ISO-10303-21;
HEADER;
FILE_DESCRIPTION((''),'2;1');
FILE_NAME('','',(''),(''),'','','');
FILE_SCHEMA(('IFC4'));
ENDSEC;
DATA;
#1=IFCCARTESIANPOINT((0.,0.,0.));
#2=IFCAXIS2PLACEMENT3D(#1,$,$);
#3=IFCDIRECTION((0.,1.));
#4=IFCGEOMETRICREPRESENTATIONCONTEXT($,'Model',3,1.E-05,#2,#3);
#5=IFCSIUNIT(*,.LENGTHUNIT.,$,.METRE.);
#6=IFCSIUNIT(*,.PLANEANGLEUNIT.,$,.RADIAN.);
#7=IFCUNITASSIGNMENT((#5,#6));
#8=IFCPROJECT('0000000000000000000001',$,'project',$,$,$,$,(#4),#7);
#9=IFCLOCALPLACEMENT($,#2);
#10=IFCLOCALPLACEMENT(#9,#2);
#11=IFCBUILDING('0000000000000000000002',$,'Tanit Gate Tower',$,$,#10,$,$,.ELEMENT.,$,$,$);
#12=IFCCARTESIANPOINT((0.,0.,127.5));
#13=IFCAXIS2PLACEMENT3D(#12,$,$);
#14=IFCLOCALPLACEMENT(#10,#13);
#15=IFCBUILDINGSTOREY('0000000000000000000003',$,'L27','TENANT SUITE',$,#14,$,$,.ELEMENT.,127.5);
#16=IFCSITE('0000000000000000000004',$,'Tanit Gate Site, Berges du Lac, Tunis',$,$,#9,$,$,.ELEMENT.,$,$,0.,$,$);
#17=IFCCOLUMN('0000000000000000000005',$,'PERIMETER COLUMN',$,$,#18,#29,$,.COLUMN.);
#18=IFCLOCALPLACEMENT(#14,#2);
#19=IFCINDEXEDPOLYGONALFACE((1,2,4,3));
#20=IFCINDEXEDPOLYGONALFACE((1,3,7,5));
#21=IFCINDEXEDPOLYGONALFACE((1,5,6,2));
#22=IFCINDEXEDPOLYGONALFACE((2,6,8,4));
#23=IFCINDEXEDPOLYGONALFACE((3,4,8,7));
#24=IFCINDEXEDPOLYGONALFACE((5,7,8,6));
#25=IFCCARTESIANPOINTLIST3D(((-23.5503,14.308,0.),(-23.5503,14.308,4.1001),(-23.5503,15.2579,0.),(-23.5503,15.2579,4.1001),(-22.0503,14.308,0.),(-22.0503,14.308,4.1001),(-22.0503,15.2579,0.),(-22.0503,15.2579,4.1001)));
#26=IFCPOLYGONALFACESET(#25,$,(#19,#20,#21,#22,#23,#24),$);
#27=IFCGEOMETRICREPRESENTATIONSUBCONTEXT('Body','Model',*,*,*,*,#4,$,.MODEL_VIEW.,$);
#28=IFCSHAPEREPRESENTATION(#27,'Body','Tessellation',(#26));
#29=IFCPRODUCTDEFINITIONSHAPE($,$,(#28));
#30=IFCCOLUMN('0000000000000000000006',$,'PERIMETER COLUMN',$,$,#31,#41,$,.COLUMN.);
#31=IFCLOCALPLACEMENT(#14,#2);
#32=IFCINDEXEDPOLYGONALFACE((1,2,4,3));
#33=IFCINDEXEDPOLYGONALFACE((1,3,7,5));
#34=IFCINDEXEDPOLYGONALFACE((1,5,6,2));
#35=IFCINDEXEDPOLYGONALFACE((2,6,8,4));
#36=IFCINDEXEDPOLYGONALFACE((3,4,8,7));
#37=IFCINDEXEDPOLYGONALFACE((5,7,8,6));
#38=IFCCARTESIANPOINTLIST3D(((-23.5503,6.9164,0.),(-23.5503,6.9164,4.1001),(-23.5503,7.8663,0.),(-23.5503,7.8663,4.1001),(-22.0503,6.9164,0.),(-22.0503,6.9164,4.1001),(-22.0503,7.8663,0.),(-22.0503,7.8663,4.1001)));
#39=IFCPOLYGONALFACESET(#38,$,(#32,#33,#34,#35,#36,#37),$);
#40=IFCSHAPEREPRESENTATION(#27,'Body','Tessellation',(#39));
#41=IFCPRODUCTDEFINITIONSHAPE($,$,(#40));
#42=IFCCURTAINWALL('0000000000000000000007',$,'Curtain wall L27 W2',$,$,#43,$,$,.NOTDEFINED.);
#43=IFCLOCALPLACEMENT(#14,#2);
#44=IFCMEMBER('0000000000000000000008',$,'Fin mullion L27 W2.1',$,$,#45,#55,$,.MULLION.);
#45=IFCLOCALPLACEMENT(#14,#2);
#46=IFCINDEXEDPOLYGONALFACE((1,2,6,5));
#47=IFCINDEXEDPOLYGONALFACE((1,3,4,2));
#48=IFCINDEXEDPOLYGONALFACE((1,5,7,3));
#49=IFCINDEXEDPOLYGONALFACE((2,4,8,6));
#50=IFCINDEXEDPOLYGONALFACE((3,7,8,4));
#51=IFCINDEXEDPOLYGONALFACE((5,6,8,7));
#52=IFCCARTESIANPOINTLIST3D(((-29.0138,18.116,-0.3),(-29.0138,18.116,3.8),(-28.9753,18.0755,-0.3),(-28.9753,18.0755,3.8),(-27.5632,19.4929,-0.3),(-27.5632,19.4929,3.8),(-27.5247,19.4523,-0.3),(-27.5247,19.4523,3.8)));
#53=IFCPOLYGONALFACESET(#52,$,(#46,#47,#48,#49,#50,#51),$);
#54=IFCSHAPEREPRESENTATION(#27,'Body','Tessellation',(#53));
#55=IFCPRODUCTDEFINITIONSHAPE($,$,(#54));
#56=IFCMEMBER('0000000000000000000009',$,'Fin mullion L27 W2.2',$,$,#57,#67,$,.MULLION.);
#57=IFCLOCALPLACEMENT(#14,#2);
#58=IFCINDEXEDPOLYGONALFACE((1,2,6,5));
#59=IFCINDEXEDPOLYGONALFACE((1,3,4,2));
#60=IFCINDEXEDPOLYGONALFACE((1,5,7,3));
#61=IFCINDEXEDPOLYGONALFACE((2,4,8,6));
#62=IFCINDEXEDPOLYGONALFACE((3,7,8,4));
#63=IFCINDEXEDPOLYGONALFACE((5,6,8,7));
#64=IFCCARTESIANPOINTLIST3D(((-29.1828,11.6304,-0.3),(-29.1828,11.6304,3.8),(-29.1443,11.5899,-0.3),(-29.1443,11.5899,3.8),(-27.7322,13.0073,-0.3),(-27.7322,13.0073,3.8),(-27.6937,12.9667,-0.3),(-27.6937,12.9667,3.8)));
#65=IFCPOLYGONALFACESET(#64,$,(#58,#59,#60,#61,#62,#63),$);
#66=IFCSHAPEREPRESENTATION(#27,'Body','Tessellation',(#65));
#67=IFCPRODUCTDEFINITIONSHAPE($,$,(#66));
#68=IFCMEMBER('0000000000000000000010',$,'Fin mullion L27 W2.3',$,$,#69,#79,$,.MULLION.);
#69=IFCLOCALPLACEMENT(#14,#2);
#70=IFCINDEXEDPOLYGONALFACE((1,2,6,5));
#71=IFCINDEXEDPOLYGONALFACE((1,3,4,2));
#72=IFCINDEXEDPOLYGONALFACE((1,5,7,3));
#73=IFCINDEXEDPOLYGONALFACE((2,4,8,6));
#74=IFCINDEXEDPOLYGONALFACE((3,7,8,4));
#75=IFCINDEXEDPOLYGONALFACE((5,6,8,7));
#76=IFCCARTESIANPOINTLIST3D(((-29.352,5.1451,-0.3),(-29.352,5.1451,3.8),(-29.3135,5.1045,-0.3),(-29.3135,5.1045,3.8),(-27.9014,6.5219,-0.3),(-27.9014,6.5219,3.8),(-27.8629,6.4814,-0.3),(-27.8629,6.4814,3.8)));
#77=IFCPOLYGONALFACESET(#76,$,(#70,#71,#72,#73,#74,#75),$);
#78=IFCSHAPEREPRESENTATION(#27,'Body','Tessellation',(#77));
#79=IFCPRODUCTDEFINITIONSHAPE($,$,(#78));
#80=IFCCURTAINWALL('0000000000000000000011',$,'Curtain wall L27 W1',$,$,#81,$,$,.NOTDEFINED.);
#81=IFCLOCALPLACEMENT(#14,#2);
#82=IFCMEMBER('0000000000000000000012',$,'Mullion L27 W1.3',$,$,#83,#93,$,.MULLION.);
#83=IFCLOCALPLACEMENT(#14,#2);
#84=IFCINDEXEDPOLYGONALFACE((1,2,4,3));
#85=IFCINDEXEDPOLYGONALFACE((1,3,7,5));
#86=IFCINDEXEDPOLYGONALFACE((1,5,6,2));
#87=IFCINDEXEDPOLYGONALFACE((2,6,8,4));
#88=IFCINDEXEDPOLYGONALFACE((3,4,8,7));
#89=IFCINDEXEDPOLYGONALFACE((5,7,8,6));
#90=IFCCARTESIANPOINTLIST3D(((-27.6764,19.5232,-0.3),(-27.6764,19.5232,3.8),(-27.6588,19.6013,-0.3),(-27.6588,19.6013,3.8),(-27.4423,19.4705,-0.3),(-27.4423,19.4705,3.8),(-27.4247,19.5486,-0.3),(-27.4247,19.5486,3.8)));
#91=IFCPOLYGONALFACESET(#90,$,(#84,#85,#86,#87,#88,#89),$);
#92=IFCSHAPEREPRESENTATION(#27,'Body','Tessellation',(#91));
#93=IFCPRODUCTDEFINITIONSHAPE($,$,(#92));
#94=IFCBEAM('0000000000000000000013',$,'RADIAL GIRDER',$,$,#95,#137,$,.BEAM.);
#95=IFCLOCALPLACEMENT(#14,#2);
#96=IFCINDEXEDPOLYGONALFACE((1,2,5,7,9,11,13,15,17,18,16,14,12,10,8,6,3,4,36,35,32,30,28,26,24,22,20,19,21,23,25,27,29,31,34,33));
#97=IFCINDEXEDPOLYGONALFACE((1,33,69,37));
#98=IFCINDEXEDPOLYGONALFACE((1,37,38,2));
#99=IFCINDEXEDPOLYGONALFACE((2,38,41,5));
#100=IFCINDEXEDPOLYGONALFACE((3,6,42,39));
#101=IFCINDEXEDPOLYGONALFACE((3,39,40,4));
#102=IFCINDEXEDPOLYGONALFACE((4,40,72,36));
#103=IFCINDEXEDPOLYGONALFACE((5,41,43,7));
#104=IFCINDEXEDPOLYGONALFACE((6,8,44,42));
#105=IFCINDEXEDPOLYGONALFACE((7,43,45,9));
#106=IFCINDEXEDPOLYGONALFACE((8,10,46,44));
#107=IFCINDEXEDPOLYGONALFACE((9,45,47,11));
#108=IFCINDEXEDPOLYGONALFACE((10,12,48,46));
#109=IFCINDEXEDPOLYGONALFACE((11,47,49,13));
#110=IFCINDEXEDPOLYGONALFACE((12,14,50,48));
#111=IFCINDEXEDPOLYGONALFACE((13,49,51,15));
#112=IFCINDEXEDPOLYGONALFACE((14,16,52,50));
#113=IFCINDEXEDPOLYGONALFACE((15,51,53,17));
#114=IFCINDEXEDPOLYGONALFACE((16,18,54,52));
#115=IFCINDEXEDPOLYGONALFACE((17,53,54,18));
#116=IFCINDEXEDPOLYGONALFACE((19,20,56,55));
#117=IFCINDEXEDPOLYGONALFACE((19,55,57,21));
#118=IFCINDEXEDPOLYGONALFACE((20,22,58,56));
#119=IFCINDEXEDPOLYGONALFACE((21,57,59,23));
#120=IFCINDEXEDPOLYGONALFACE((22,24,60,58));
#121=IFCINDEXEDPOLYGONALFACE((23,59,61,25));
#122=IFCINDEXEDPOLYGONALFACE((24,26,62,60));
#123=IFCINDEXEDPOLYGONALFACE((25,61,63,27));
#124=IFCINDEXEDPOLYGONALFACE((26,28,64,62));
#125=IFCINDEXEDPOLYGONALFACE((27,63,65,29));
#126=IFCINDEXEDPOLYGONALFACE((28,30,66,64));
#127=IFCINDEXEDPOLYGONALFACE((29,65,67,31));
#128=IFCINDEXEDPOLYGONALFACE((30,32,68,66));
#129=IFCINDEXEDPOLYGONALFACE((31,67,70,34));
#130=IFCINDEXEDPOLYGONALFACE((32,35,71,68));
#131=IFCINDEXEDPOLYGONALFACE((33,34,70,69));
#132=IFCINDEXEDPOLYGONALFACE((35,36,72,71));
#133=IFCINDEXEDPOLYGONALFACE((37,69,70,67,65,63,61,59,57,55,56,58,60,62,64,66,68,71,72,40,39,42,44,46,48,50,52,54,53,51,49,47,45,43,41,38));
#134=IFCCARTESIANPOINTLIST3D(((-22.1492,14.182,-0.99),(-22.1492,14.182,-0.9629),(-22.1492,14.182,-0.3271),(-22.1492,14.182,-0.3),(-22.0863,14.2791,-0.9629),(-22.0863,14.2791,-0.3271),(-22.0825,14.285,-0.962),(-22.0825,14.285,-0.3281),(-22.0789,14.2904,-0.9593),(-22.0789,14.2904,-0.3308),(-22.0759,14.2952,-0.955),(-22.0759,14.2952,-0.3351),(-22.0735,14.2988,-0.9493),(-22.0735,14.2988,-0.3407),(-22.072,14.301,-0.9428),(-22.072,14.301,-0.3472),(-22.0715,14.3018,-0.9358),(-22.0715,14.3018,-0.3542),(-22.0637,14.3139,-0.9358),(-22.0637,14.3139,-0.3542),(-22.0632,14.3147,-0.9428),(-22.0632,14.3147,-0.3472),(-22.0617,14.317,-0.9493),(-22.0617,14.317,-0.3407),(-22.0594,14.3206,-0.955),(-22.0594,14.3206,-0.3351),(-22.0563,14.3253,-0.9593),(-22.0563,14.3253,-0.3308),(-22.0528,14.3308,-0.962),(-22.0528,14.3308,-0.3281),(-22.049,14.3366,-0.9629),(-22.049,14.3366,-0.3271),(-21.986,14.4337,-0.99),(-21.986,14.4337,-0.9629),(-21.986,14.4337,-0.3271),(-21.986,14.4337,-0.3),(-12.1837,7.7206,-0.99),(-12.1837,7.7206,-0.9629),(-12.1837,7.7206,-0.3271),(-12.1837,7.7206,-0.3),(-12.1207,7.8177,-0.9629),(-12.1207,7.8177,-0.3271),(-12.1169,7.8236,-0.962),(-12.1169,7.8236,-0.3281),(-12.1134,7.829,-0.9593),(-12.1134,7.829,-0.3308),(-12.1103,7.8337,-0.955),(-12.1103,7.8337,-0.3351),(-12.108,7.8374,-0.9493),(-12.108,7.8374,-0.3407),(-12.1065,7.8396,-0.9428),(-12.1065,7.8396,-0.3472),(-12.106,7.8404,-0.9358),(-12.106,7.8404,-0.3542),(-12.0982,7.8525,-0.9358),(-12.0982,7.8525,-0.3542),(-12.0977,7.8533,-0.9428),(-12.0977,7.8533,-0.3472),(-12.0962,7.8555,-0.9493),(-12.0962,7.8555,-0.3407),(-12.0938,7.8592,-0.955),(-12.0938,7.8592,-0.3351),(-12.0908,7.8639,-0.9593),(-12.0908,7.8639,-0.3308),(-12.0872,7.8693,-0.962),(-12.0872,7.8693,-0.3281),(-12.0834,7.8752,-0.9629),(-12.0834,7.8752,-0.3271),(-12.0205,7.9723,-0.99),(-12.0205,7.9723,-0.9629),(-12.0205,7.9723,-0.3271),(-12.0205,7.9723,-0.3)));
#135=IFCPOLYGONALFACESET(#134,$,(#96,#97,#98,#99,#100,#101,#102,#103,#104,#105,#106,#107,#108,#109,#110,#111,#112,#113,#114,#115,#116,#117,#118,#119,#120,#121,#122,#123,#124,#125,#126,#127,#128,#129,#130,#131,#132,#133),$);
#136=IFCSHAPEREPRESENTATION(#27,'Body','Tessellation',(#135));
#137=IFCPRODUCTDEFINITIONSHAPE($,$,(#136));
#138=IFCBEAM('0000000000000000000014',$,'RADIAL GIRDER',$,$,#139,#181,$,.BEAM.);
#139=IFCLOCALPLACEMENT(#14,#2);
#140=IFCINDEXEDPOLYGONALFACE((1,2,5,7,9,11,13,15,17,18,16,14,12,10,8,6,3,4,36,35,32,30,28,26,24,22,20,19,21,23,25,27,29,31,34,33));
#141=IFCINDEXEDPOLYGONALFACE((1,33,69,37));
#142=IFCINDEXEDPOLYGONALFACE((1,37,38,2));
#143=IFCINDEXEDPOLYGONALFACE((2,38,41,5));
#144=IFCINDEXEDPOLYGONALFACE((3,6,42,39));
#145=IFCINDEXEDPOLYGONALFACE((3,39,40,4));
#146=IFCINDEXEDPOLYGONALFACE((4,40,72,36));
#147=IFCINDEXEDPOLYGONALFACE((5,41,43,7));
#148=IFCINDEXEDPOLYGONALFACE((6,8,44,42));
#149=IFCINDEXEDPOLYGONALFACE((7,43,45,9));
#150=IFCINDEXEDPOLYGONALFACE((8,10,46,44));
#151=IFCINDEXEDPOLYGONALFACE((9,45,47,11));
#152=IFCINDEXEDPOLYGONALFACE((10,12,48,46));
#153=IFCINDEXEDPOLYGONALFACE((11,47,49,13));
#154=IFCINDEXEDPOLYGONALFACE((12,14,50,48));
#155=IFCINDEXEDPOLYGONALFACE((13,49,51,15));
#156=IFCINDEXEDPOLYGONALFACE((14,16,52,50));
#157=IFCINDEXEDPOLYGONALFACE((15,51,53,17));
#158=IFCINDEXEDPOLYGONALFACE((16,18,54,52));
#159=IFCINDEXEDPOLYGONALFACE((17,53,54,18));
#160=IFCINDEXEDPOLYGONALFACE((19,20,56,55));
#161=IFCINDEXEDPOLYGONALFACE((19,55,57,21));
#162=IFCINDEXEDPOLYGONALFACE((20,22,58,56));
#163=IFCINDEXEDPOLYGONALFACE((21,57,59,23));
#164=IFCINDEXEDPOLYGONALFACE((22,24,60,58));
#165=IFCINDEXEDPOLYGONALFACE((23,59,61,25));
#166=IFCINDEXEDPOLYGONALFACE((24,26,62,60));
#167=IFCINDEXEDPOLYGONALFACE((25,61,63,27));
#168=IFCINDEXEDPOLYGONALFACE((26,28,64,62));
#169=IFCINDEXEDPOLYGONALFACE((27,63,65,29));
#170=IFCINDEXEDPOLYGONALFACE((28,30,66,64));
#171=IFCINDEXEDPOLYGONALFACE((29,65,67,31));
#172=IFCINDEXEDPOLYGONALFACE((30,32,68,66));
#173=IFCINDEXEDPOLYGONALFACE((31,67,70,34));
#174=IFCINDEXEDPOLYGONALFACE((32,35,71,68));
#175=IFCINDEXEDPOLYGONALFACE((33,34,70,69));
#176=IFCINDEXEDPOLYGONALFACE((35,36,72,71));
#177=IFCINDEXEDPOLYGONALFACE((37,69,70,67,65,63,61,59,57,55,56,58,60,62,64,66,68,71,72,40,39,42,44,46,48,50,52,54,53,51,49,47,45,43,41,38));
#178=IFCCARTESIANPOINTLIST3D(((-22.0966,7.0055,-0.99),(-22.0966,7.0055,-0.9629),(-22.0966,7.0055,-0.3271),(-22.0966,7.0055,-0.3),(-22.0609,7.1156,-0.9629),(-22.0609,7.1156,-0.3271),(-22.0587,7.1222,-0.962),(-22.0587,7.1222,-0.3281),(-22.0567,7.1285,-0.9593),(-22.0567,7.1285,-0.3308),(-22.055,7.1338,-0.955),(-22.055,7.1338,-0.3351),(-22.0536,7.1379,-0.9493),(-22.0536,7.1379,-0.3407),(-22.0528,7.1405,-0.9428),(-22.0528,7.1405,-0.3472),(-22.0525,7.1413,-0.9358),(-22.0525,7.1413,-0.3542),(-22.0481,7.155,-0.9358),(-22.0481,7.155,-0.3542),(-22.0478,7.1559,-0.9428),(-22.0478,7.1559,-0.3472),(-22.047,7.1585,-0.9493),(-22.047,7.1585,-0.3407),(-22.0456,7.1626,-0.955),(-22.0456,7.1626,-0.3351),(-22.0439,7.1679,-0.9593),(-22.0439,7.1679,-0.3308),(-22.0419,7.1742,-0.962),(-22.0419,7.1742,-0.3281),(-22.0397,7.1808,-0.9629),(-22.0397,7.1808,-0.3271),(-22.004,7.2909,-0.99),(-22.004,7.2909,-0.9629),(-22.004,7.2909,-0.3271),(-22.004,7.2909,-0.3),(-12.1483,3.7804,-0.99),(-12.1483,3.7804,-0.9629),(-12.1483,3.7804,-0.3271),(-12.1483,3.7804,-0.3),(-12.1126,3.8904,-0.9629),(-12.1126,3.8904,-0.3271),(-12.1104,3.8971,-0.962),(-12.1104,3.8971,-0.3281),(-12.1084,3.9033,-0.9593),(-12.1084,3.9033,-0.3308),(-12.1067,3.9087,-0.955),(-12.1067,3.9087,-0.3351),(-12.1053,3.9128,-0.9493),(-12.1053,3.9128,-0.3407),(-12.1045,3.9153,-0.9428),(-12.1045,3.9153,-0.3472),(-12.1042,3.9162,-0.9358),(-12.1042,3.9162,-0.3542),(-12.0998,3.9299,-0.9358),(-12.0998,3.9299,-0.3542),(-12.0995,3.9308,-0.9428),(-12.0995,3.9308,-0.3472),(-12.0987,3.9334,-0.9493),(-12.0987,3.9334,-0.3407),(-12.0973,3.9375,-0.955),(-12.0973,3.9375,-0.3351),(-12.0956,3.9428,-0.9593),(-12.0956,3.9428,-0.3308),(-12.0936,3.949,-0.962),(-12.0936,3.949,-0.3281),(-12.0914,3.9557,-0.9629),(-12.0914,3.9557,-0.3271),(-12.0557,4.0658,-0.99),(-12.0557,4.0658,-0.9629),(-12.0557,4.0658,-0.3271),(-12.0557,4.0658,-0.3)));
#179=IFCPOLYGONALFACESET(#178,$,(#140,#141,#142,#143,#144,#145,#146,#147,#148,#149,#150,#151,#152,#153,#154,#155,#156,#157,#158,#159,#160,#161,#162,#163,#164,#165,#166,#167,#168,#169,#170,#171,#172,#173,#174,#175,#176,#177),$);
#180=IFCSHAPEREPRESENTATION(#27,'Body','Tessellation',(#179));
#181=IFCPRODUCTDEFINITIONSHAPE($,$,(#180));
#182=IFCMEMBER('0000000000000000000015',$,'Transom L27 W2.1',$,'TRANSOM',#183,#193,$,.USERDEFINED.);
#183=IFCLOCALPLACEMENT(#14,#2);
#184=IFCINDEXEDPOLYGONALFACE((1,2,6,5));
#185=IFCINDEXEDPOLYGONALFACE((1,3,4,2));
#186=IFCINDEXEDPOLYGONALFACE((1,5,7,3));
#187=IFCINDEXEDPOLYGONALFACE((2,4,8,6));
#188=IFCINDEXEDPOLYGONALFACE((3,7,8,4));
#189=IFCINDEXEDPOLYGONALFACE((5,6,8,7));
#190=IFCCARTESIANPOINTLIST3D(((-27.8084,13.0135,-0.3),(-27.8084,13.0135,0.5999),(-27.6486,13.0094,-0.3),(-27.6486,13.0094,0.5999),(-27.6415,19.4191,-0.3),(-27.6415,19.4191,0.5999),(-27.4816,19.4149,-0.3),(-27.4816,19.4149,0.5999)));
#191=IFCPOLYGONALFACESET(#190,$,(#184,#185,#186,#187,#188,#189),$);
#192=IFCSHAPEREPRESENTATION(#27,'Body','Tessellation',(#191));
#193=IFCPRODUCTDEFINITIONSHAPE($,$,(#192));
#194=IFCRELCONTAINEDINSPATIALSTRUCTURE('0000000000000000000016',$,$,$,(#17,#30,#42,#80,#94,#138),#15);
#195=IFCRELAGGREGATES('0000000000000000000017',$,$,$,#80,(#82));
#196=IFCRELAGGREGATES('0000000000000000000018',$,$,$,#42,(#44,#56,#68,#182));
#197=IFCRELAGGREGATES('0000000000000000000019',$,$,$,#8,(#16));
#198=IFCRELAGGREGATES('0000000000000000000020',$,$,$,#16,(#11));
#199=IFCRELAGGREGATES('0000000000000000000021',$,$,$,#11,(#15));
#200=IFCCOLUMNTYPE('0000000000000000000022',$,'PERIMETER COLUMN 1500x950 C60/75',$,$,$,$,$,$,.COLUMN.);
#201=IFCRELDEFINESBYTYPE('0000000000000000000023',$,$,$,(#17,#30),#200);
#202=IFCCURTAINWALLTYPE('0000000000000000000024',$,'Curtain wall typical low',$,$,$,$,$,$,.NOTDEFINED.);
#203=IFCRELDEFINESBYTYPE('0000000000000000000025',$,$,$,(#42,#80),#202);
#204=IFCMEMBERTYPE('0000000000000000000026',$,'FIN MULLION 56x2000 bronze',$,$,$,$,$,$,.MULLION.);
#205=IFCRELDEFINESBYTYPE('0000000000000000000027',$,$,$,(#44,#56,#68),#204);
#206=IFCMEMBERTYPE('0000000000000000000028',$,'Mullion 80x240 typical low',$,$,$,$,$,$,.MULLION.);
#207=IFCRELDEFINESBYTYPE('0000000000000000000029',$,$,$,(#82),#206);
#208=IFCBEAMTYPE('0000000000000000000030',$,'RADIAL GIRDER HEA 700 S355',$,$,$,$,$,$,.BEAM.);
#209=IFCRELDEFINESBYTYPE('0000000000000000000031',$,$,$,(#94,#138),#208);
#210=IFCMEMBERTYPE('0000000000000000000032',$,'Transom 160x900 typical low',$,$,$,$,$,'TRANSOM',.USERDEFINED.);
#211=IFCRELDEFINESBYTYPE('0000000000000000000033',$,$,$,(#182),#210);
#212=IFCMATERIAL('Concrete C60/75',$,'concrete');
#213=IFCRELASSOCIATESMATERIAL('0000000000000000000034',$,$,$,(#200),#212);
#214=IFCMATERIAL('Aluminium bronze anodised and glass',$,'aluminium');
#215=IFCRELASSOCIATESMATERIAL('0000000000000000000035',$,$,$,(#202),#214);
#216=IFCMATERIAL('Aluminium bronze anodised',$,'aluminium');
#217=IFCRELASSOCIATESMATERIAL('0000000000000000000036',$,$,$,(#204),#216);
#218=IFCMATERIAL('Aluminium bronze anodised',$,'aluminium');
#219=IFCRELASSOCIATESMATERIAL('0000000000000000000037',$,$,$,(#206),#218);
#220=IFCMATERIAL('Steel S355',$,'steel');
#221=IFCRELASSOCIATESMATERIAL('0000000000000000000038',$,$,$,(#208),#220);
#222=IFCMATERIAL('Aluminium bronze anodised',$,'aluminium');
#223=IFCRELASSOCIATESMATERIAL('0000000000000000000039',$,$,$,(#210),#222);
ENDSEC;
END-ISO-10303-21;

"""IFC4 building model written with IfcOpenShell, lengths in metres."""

from ifc_helpers import new_model, si_unit, direction, frame, origin, origin_2d, place, context, subcontext, project, spatial, rectangle, i_section, extrude, material, material_profile, profile_set, type_object, element, aggregate, save


model = new_model("IFC4")

# Units and contexts
model_context = context("Model", 3, precision=1e-05, world=origin(), true_north=direction((0.0, 1.0)))
body_context = subcontext(model_context, "Body", "Model", "MODEL_VIEW")
ifc_project = project(units=[si_unit("LENGTHUNIT", "METRE"), si_unit("PLANEANGLEUNIT", "RADIAN")], contexts=[model_context])

# Site, building, storey
site_placement = place(None, origin())
site = spatial("IfcSite", under=ifc_project, at=site_placement, Name="Tanit Gate Site, Berges du Lac, Tunis", CompositionType="ELEMENT", RefElevation=0.0)
building_placement = place(site_placement, origin())
building = spatial("IfcBuilding", under=site, at=building_placement, Name="Tanit Gate Tower", CompositionType="ELEMENT")
storey_placement = place(building_placement, frame((0.0, 0.0, 127.5)))
storey = spatial("IfcBuildingStorey", under=building, at=storey_placement, Name="L27", Description="TENANT SUITE", CompositionType="ELEMENT", Elevation=127.5)

# Columns
ifc_material_1 = material(Name="Concrete C60/75", Category="concrete")
ifc_material_profile_1 = material_profile(ifc_material_1, rectangle(XDim=1.5, YDim=0.95, at=origin_2d()), Name="RC 1500x950")
ifc_profile_set_1 = profile_set([ifc_material_profile_1], Name="Concrete C60/75")
column_type = type_object("IfcColumnType", Name="PERIMETER COLUMN 1500x950 C60/75", PredefinedType="COLUMN", material=ifc_profile_set_1)
for number, where, z_axis, x_axis, name in (
    (1, (-22.8003, 14.783, 0.0), (0.0, 0.0, 1.0), (-1.0, 0.0, 0.0), "PERIMETER COLUMN"),
    (2, (-22.8003, 7.3914, 0.0), (0.0, 0.0, 1.0), (-1.0, 0.0, 0.0), "PERIMETER COLUMN"),
):
    element("IfcColumn", number, at=place(storey_placement, frame(where, z_axis=z_axis, x_axis=x_axis)), inside=storey, type_object=column_type, Name=name, PredefinedType="COLUMN", context=body_context, shape_type="SweptSolid", body=[
        extrude(rectangle(XDim=1.5, YDim=0.95, at=origin_2d()), origin(), (0.0, 0.0, 1.0), 4.1001),
    ])

# Curtain wall, members
ifc_material_2 = material(Name="Aluminium bronze anodised and glass", Category="aluminium")
curtain_wall_type = type_object("IfcCurtainWallType", Name="Curtain wall typical low", PredefinedType="NOTDEFINED", material=ifc_material_2)
curtain_wall_1_placement = place(storey_placement, origin())
curtain_wall_1 = element("IfcCurtainWall", 3, at=curtain_wall_1_placement, inside=storey, type_object=curtain_wall_type, Name="Curtain wall L27 W2", PredefinedType="NOTDEFINED")
ifc_material_3 = material(Name="Aluminium bronze anodised", Category="aluminium")
ifc_material_profile_2 = material_profile(ifc_material_3, rectangle(XDim=2.0, YDim=0.0559, at=origin_2d()), Name="56x2000 bronze fin mullion")
ifc_profile_set_2 = profile_set([ifc_material_profile_2], Name="Aluminium bronze anodised")
member_type_1 = type_object("IfcMemberType", Name="FIN MULLION 56x2000 bronze", PredefinedType="MULLION", material=ifc_profile_set_2)
member_1_placement = place(storey_placement, frame((-28.2693, 18.7842, -0.3), z_axis=(0.0, 0.0, 1.0), x_axis=(0.725296, 0.688438, 0.0)))
member_1 = element("IfcMember", 4, at=member_1_placement, type_object=member_type_1, Name="Fin mullion L27 W2.1", PredefinedType="MULLION", context=body_context, shape_type="SweptSolid", body=[
    extrude(rectangle(XDim=2.0, YDim=0.0559, at=origin_2d()), origin(), (0.0, 0.0, 1.0), 4.1001),
])
member_2_placement = place(storey_placement, frame((-28.4382, 12.2986, -0.3), z_axis=(0.0, 0.0, 1.0), x_axis=(0.725296, 0.688438, 0.0)))
member_2 = element("IfcMember", 5, at=member_2_placement, type_object=member_type_1, Name="Fin mullion L27 W2.2", PredefinedType="MULLION", context=body_context, shape_type="SweptSolid", body=[
    extrude(rectangle(XDim=2.0, YDim=0.0559, at=origin_2d()), origin(), (0.0, 0.0, 1.0), 4.1001),
])
member_3_placement = place(storey_placement, frame((-28.6074, 5.8132, -0.3), z_axis=(0.0, 0.0, 1.0), x_axis=(0.725296, 0.688438, 0.0)))
member_3 = element("IfcMember", 6, at=member_3_placement, type_object=member_type_1, Name="Fin mullion L27 W2.3", PredefinedType="MULLION", context=body_context, shape_type="SweptSolid", body=[
    extrude(rectangle(XDim=2.0, YDim=0.0559, at=origin_2d()), origin(), (0.0, 0.0, 1.0), 4.1001),
])

# Curtain wall, member
curtain_wall_2_placement = place(storey_placement, origin())
curtain_wall_2 = element("IfcCurtainWall", 7, at=curtain_wall_2_placement, inside=storey, type_object=curtain_wall_type, Name="Curtain wall L27 W1", PredefinedType="NOTDEFINED")
ifc_material_4 = material(Name="Aluminium bronze anodised", Category="aluminium")
ifc_material_profile_3 = material_profile(ifc_material_4, rectangle(XDim=0.24, YDim=0.0801, at=origin_2d()), Name="80x240 bronze mullion")
ifc_profile_set_3 = profile_set([ifc_material_profile_3], Name="Aluminium bronze anodised")
member_type_2 = type_object("IfcMemberType", Name="Mullion 80x240 typical low", PredefinedType="MULLION", material=ifc_profile_set_3)
member_4_placement = place(storey_placement, frame((-27.5505, 19.5359, -0.3), z_axis=(0.0, 0.0, 1.0), x_axis=(0.975577, -0.219657, 0.0)))
member_4 = element("IfcMember", 8, at=member_4_placement, type_object=member_type_2, Name="Mullion L27 W1.3", PredefinedType="MULLION", context=body_context, shape_type="SweptSolid", body=[
    extrude(rectangle(XDim=0.24, YDim=0.0801, at=origin_2d()), origin(), (0.0, 0.0, 1.0), 4.1001),
])
aggregate(curtain_wall_2, [member_4])

# Beams
ifc_material_5 = material(Name="Steel S355", Category="steel")
ifc_material_profile_4 = material_profile(ifc_material_5, i_section(OverallWidth=0.3, OverallDepth=0.6899, WebThickness=0.0144, FlangeThickness=0.0271, FilletRadius=0.0271, at=origin_2d()), Name="HEA 700")
ifc_profile_set_4 = profile_set([ifc_material_profile_4], Name="Steel S355")
beam_type = type_object("IfcBeamType", Name="RADIAL GIRDER HEA 700 S355", PredefinedType="BEAM", material=ifc_profile_set_4)
beam_1_placement = place(storey_placement, frame((-22.0676, 14.3079, -0.645), z_axis=(0.839066, -0.544029, 0.0), x_axis=(0.544029, 0.839066, 0.0)))
element("IfcBeam", 9, at=beam_1_placement, inside=storey, type_object=beam_type, Name="RADIAL GIRDER", PredefinedType="BEAM", context=body_context, shape_type="SweptSolid", body=[
    extrude(i_section(OverallWidth=0.3, OverallDepth=0.6899, WebThickness=0.0144, FlangeThickness=0.0271, FilletRadius=0.0271, at=origin_2d()), origin(), (0.0, 0.0, 1.0), 11.877),
])
beam_2_placement = place(storey_placement, frame((-22.0503, 7.1482, -0.645), z_axis=(0.951261, -0.308387, 0.0), x_axis=(0.308387, 0.951261, 0.0)))
element("IfcBeam", 10, at=beam_2_placement, inside=storey, type_object=beam_type, Name="RADIAL GIRDER", PredefinedType="BEAM", context=body_context, shape_type="SweptSolid", body=[
    extrude(i_section(OverallWidth=0.3, OverallDepth=0.6899, WebThickness=0.0144, FlangeThickness=0.0271, FilletRadius=0.0271, at=origin_2d()), origin(), (0.0, 0.0, 1.0), 10.458),
])

# Member
ifc_material_6 = material(Name="Aluminium bronze anodised", Category="aluminium")
ifc_material_profile_5 = material_profile(ifc_material_6, rectangle(XDim=0.1599, YDim=0.8999, at=origin_2d()), Name="160x900 bronze transom")
ifc_profile_set_5 = profile_set([ifc_material_profile_5], Name="Aluminium bronze anodised")
member_type_3 = type_object("IfcMemberType", Name="Transom 160x900 typical low", ElementType="TRANSOM", PredefinedType="USERDEFINED", material=ifc_profile_set_5)
member_5_placement = place(storey_placement, frame((-27.5615, 19.417, 0.1499), z_axis=(-0.026061, -0.99966, 0.0), x_axis=(0.99966, -0.026061, 0.0)))
member_5 = element("IfcMember", 11, at=member_5_placement, type_object=member_type_3, Name="Transom L27 W2.1", ObjectType="TRANSOM", PredefinedType="USERDEFINED", context=body_context, shape_type="SweptSolid", body=[
    extrude(rectangle(XDim=0.1599, YDim=0.8999, at=origin_2d()), origin(), (0.0, 0.0, 1.0), 6.4077),
])

aggregate(curtain_wall_1, [member_1, member_2, member_3, member_5])

save(model, "model.ifc")
